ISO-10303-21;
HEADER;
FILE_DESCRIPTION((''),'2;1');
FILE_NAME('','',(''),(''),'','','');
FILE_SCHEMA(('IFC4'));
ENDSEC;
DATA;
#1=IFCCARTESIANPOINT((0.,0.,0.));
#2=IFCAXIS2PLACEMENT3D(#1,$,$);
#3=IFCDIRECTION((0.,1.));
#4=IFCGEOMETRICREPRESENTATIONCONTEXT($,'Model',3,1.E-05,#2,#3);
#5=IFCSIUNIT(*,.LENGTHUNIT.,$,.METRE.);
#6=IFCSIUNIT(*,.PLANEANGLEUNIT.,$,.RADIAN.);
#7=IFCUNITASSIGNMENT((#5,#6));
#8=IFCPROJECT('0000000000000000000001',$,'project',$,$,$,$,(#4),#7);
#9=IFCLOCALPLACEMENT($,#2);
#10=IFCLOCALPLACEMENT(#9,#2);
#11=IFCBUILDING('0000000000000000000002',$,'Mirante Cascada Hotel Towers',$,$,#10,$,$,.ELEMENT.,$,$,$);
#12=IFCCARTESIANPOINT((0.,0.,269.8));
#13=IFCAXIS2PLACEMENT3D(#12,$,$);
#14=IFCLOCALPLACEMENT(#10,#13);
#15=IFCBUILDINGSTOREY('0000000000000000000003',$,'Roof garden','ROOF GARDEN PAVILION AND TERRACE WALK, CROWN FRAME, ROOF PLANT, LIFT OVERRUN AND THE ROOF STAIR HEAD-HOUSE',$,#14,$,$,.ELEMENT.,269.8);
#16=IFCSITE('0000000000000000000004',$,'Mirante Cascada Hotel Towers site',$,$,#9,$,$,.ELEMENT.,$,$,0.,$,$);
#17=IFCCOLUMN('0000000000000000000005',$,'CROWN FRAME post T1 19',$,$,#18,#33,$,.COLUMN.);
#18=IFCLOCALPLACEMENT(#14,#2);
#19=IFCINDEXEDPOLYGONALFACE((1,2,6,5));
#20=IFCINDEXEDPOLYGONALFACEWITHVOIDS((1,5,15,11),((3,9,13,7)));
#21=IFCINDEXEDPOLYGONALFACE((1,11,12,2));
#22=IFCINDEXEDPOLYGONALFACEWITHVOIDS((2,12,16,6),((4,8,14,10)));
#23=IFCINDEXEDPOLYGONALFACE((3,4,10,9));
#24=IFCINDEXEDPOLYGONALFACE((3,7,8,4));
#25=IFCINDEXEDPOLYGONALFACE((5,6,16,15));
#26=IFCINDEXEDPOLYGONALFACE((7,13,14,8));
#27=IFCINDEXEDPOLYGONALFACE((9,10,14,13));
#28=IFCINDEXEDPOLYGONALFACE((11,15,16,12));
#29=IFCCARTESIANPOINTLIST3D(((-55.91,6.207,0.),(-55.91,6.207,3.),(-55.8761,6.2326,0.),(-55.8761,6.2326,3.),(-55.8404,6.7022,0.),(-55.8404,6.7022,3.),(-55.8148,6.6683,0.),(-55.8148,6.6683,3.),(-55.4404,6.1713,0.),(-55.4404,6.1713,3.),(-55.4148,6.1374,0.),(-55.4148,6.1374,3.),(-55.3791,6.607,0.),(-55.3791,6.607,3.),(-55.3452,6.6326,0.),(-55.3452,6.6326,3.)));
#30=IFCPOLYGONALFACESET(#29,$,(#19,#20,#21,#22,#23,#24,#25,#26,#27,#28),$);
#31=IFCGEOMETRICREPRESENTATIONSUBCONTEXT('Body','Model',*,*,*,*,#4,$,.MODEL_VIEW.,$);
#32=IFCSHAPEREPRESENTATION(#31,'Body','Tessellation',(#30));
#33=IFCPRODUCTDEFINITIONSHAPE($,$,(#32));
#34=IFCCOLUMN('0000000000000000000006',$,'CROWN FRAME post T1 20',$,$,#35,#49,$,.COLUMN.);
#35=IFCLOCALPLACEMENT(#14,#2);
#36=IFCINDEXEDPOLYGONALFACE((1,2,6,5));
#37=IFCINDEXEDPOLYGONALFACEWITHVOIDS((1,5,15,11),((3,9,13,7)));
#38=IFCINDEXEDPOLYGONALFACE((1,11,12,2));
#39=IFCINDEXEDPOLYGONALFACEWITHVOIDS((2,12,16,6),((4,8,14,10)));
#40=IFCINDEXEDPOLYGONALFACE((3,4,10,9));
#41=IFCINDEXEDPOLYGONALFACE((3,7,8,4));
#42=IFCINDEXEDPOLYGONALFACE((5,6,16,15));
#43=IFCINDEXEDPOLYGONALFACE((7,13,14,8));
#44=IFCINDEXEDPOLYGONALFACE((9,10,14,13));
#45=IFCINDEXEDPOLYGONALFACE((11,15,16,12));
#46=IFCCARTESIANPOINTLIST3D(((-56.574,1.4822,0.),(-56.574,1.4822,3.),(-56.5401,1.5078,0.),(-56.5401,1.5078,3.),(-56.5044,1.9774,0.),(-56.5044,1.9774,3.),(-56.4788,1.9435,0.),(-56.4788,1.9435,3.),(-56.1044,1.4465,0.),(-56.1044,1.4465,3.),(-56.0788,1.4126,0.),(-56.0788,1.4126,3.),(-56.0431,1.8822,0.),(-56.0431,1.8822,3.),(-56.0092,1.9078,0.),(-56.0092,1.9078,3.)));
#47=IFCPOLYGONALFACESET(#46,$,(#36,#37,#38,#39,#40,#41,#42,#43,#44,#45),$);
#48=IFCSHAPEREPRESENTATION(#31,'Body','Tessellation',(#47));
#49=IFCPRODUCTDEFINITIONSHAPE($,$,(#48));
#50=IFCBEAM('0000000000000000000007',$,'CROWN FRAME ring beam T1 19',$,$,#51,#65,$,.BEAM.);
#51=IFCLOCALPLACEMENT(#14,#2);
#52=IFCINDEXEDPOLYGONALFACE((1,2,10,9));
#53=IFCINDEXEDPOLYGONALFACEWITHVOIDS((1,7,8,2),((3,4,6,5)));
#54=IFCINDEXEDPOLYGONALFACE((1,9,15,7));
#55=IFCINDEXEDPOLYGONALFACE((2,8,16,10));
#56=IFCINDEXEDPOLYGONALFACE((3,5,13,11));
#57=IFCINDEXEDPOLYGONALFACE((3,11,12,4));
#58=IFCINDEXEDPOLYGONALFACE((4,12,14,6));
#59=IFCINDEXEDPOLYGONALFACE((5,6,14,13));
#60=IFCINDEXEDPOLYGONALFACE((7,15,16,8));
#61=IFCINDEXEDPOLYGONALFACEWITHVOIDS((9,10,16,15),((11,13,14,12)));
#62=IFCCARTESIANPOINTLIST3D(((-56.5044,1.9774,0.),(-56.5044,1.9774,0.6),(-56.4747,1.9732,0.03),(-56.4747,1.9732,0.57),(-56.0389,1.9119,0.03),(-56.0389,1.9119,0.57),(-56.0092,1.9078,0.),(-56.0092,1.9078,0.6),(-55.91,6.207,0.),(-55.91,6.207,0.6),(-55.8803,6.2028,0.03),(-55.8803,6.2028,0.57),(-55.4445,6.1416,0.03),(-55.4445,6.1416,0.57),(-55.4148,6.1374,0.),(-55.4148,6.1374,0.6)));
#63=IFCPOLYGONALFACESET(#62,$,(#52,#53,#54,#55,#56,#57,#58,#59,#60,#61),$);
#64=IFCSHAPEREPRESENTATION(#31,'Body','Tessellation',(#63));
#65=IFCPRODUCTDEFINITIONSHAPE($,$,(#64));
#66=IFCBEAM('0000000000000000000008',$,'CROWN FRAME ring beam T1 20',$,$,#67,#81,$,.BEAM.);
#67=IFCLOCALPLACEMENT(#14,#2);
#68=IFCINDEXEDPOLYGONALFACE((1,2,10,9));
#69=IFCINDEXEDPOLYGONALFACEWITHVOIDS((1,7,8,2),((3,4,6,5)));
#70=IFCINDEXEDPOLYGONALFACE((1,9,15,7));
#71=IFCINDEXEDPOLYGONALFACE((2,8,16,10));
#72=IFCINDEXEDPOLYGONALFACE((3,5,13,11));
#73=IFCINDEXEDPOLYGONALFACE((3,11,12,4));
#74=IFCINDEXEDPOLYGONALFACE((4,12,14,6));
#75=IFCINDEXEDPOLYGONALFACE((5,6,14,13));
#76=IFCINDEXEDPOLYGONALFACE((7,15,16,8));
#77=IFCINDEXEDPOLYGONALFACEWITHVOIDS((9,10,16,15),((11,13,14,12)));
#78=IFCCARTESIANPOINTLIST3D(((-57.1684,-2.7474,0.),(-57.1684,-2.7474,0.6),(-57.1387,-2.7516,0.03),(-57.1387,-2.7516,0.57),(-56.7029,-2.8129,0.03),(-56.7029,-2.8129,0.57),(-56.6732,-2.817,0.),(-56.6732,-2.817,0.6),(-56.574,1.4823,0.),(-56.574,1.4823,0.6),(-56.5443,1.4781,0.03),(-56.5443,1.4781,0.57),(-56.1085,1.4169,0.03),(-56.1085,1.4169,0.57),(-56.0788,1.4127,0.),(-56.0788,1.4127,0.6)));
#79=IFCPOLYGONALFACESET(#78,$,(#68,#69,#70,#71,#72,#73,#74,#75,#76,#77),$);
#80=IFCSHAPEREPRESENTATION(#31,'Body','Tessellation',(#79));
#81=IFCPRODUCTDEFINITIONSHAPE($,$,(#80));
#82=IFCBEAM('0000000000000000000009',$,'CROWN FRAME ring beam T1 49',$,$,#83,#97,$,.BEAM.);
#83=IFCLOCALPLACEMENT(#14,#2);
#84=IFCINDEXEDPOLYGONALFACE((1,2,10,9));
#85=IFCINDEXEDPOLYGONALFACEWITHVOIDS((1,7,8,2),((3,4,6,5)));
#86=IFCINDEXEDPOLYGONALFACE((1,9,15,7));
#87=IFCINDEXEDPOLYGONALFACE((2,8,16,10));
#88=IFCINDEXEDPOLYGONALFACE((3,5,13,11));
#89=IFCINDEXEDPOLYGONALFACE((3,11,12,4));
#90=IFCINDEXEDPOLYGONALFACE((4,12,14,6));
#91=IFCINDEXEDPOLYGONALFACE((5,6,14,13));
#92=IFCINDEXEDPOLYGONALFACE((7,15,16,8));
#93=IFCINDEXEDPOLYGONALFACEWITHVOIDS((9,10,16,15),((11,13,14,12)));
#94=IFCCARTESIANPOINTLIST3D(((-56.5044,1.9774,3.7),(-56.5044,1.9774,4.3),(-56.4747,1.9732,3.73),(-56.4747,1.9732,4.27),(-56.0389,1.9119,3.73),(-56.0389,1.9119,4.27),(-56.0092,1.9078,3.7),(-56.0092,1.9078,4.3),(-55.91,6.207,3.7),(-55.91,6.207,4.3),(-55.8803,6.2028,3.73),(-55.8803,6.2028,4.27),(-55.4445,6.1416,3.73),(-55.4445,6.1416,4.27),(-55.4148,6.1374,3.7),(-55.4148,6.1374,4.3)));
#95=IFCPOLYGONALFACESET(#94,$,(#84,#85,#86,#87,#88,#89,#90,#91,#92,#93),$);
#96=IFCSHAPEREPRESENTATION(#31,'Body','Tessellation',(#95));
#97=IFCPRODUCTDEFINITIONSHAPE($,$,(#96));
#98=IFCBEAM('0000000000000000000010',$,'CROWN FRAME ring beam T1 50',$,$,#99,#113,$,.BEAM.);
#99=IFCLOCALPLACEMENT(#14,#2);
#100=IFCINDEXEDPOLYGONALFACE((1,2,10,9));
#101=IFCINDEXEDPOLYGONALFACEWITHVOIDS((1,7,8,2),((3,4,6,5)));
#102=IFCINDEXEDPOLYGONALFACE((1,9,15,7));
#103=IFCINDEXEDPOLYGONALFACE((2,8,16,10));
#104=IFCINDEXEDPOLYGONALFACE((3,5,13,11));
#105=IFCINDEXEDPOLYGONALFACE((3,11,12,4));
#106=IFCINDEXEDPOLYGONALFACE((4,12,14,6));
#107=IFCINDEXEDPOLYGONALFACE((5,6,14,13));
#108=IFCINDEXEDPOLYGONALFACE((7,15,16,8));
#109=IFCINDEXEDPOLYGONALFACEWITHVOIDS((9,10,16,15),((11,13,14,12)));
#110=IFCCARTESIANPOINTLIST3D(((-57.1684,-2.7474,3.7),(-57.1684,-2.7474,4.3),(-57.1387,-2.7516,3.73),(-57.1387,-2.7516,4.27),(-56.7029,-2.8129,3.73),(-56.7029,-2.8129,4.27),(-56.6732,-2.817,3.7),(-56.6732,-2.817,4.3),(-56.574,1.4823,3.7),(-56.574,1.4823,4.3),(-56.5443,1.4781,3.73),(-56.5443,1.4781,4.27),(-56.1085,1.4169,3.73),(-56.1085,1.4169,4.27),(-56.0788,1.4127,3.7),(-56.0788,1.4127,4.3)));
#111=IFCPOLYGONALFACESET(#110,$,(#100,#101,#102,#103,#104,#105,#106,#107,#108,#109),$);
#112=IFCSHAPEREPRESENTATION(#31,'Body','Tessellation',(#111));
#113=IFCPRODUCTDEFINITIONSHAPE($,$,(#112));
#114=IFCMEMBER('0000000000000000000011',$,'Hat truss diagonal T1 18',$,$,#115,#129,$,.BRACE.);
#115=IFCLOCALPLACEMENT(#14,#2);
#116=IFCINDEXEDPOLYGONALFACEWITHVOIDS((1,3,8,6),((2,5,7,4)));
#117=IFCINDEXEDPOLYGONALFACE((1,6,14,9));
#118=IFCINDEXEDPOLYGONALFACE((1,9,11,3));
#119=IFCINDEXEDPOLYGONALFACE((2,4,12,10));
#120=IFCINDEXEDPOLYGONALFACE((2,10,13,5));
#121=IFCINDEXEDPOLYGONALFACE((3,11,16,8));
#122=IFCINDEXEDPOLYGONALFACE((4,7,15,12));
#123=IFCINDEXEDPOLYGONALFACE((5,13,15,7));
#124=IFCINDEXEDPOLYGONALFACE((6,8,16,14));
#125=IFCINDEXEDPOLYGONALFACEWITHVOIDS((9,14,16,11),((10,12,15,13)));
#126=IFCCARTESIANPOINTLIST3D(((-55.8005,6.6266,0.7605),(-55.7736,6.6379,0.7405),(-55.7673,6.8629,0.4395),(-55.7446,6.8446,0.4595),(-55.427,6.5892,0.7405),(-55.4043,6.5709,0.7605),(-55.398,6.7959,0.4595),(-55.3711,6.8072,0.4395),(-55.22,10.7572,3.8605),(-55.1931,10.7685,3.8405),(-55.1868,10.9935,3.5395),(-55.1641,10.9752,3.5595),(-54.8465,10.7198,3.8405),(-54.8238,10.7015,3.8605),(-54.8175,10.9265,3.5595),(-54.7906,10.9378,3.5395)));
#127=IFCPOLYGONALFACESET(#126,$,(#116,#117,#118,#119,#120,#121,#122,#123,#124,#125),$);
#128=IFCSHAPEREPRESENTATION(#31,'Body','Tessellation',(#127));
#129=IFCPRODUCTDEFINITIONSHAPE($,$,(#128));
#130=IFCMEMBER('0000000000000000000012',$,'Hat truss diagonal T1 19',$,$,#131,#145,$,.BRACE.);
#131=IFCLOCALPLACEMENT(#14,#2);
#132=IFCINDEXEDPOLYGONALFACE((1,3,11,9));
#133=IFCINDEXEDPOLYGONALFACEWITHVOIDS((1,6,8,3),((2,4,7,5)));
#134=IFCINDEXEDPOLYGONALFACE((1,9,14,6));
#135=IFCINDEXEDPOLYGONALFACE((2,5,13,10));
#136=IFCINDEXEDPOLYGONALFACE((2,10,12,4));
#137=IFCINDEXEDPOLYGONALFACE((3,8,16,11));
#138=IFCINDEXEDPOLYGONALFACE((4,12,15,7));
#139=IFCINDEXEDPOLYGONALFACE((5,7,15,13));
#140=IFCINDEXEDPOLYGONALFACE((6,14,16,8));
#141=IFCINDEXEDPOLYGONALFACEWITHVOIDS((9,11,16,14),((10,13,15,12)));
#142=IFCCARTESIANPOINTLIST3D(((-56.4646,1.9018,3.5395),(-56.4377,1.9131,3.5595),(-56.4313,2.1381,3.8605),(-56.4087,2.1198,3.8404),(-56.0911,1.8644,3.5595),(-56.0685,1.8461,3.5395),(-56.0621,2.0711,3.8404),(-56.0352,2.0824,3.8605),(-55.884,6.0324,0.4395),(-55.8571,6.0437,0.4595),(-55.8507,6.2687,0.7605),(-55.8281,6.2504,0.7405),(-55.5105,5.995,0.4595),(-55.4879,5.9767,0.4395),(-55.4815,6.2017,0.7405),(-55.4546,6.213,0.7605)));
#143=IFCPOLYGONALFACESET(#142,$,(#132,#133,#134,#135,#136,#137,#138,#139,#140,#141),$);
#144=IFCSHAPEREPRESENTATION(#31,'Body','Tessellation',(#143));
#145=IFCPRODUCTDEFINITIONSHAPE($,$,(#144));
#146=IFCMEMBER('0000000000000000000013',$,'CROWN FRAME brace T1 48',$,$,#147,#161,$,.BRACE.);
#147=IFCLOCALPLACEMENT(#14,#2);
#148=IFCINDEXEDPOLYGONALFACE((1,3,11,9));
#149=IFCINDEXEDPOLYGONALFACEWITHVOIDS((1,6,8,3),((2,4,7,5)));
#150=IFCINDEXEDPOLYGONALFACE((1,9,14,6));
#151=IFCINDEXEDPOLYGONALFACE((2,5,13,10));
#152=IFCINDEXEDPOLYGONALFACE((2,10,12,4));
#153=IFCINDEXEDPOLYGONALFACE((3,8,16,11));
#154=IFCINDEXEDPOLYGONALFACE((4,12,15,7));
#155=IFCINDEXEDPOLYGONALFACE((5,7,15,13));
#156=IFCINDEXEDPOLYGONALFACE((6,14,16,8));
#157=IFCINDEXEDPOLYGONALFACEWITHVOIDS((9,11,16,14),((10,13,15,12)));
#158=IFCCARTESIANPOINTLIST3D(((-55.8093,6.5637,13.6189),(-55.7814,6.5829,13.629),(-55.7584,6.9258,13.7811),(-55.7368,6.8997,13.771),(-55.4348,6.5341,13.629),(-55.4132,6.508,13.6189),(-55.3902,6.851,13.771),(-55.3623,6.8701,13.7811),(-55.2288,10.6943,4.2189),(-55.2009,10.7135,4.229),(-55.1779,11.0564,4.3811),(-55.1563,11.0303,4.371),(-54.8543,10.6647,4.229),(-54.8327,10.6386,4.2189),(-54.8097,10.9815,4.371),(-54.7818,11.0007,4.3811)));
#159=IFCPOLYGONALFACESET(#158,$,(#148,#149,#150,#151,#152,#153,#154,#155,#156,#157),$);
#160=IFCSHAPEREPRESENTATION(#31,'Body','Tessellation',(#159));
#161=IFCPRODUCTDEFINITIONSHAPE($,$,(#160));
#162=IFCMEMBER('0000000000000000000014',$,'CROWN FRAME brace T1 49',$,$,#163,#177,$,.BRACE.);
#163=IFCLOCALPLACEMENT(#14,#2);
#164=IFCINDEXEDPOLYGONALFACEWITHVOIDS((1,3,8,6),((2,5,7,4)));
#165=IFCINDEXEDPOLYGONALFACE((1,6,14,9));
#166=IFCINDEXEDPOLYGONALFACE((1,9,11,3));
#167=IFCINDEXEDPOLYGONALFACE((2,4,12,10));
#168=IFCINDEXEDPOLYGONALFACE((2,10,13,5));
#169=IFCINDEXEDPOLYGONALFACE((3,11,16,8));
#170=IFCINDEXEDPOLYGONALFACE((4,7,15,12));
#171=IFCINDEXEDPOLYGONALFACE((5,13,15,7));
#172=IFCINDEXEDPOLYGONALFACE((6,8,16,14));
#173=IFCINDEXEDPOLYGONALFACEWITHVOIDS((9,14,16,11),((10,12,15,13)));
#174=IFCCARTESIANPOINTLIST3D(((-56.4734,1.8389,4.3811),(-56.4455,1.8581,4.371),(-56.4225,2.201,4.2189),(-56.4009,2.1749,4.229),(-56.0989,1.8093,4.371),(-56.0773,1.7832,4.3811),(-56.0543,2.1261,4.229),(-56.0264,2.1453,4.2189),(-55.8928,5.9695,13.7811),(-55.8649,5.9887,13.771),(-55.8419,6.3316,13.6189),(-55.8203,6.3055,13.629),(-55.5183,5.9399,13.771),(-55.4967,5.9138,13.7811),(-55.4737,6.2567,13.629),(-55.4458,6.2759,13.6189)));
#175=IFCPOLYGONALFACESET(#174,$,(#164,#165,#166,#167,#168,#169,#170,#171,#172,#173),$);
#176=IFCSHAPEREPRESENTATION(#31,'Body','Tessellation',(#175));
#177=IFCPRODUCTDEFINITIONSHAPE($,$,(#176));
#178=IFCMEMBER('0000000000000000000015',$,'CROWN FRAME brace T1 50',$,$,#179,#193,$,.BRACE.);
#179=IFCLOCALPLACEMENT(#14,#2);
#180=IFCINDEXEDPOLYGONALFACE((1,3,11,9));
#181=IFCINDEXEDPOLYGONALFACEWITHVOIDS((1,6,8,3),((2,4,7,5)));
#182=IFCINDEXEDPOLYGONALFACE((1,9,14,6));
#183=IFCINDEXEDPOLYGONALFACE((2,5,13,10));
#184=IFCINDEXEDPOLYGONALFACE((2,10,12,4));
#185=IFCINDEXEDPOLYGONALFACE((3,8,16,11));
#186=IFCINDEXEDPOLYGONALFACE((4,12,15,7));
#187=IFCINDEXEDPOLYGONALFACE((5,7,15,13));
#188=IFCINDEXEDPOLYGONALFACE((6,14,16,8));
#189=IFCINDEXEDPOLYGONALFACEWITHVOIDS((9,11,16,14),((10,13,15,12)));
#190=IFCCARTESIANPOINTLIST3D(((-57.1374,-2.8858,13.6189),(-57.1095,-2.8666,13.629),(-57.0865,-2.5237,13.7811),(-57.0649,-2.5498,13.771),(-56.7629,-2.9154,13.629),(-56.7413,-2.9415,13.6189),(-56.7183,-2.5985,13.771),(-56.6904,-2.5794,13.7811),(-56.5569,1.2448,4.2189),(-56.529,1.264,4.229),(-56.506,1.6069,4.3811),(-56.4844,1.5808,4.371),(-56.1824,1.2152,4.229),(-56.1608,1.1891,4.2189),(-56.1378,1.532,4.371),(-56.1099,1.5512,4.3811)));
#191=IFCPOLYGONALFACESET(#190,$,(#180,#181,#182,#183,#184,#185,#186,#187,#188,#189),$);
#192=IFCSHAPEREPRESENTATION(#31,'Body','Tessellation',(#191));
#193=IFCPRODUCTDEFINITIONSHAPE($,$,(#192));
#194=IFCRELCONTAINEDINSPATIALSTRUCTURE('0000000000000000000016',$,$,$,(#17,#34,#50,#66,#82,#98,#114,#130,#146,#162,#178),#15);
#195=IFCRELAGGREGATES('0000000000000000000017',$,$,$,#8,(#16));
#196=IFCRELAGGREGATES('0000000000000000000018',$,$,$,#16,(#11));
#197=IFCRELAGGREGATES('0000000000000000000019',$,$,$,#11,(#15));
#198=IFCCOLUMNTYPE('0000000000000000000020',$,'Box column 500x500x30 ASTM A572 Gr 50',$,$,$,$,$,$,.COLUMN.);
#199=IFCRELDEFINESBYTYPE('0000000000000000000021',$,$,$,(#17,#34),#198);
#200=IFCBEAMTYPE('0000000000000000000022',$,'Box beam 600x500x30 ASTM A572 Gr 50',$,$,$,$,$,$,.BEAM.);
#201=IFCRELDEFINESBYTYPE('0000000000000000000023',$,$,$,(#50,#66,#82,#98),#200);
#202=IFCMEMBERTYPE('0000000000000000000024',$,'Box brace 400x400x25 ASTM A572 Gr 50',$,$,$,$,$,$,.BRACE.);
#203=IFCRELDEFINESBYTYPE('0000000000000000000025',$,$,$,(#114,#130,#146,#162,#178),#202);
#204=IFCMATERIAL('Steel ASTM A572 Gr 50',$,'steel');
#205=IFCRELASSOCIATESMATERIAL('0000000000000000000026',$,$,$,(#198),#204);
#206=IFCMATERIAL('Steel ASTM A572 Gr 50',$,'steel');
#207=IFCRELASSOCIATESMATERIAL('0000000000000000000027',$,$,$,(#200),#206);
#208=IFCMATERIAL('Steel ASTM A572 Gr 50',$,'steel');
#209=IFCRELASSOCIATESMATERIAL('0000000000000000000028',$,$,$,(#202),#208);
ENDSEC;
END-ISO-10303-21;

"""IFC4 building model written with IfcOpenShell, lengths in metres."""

from ifc_helpers import new_model, si_unit, direction, frame, origin, origin_2d, place, context, subcontext, project, spatial, hollow_rectangle, extrude, material, material_profile, profile_set, type_object, element, save


model = new_model("IFC4")

# Units and contexts
model_context = context("Model", 3, precision=1e-05, world=origin(), true_north=direction((0.0, 1.0)))
body_context = subcontext(model_context, "Body", "Model", "MODEL_VIEW")
ifc_project = project(units=[si_unit("LENGTHUNIT", "METRE"), si_unit("PLANEANGLEUNIT", "RADIAN")], contexts=[model_context])

# Site, building, storey
site_placement = place(None, origin())
site = spatial("IfcSite", under=ifc_project, at=site_placement, Name="Mirante Cascada Hotel Towers site", CompositionType="ELEMENT", RefElevation=0.0)
building_placement = place(site_placement, origin())
building = spatial("IfcBuilding", under=site, at=building_placement, Name="Mirante Cascada Hotel Towers", CompositionType="ELEMENT")
storey_placement = place(building_placement, frame((0.0, 0.0, 269.8)))
storey = spatial("IfcBuildingStorey", under=building, at=storey_placement, Name="Roof garden", Description="ROOF GARDEN PAVILION AND TERRACE WALK, CROWN FRAME, ROOF PLANT, LIFT OVERRUN AND THE ROOF STAIR HEAD-HOUSE", CompositionType="ELEMENT", Elevation=269.8)

# Columns
ifc_material_1 = material(Name="Steel ASTM A572 Gr 50", Category="steel")
ifc_material_profile_1 = material_profile(ifc_material_1, hollow_rectangle(XDim=0.5, YDim=0.5, WallThickness=0.03, at=origin_2d()), Name="Box column 500x500x30 ASTM A572 Gr 50")
ifc_profile_set_1 = profile_set([ifc_material_profile_1], Name="Steel ASTM A572 Gr 50")
column_type = type_object("IfcColumnType", Name="Box column 500x500x30 ASTM A572 Gr 50", PredefinedType="COLUMN", material=ifc_profile_set_1)
for number, where, z_axis, x_axis, name in (
    (1, (-55.6276, 6.4198, 0.0), (0.0, 0.0, 1.0), (-0.990268, 0.139173, 0.0), "CROWN FRAME post T1 19"),
    (2, (-56.2916, 1.695, 0.0), (0.0, 0.0, 1.0), (-0.990268, 0.139173, 0.0), "CROWN FRAME post T1 20"),
):
    element("IfcColumn", number, at=place(storey_placement, frame(where, z_axis=z_axis, x_axis=x_axis)), inside=storey, type_object=column_type, Name=name, PredefinedType="COLUMN", context=body_context, shape_type="SweptSolid", body=[
        extrude(hollow_rectangle(XDim=0.5, YDim=0.5, WallThickness=0.03, at=origin_2d()), origin(), (0.0, 0.0, 1.0), 3.0),
    ])

# Beams
ifc_material_2 = material(Name="Steel ASTM A572 Gr 50", Category="steel")
ifc_material_profile_2 = material_profile(ifc_material_2, hollow_rectangle(XDim=0.5, YDim=0.6, WallThickness=0.03, at=origin_2d()), Name="Box beam 600x500x30 ASTM A572 Gr 50")
ifc_profile_set_2 = profile_set([ifc_material_profile_2], Name="Steel ASTM A572 Gr 50")
beam_type = type_object("IfcBeamType", Name="Box beam 600x500x30 ASTM A572 Gr 50", PredefinedType="BEAM", material=ifc_profile_set_2)
beam_1_placement = place(storey_placement, frame((-55.6624, 6.1722, 0.3), z_axis=(-0.139166, -0.990269, 0.0), x_axis=(0.990269, -0.139166, 0.0)))
element("IfcBeam", 3, at=beam_1_placement, inside=storey, type_object=beam_type, Name="CROWN FRAME ring beam T1 19", PredefinedType="BEAM", context=body_context, shape_type="SweptSolid", body=[
    extrude(hollow_rectangle(XDim=0.5, YDim=0.6, WallThickness=0.03, at=origin_2d()), origin(), (0.0, 0.0, 1.0), 4.2712),
])
beam_2_placement = place(storey_placement, frame((-56.3264, 1.4475, 0.3), z_axis=(-0.139163, -0.99027, 0.0), x_axis=(0.99027, -0.139163, 0.0)))
element("IfcBeam", 4, at=beam_2_placement, inside=storey, type_object=beam_type, Name="CROWN FRAME ring beam T1 20", PredefinedType="BEAM", context=body_context, shape_type="SweptSolid", body=[
    extrude(hollow_rectangle(XDim=0.5, YDim=0.6, WallThickness=0.03, at=origin_2d()), origin(), (0.0, 0.0, 1.0), 4.2713),
])
beam_3_placement = place(storey_placement, frame((-55.6624, 6.1722, 4.0), z_axis=(-0.139166, -0.990269, 0.0), x_axis=(0.990269, -0.139166, 0.0)))
element("IfcBeam", 5, at=beam_3_placement, inside=storey, type_object=beam_type, Name="CROWN FRAME ring beam T1 49", PredefinedType="BEAM", context=body_context, shape_type="SweptSolid", body=[
    extrude(hollow_rectangle(XDim=0.5, YDim=0.6, WallThickness=0.03, at=origin_2d()), origin(), (0.0, 0.0, 1.0), 4.2712),
])
beam_4_placement = place(storey_placement, frame((-56.3264, 1.4475, 4.0), z_axis=(-0.139163, -0.99027, 0.0), x_axis=(0.99027, -0.139163, 0.0)))
element("IfcBeam", 6, at=beam_4_placement, inside=storey, type_object=beam_type, Name="CROWN FRAME ring beam T1 50", PredefinedType="BEAM", context=body_context, shape_type="SweptSolid", body=[
    extrude(hollow_rectangle(XDim=0.5, YDim=0.6, WallThickness=0.03, at=origin_2d()), origin(), (0.0, 0.0, 1.0), 4.2713),
])

# Members
ifc_material_3 = material(Name="Steel ASTM A572 Gr 50", Category="steel")
ifc_material_profile_3 = material_profile(ifc_material_3, hollow_rectangle(XDim=0.4, YDim=0.4, WallThickness=0.025, at=origin_2d()), Name="Box brace 400x400x25 ASTM A572 Gr 50")
ifc_profile_set_3 = profile_set([ifc_material_profile_3], Name="Steel ASTM A572 Gr 50")
member_type = type_object("IfcMemberType", Name="Box brace 400x400x25 ASTM A572 Gr 50", PredefinedType="BRACE", material=ifc_profile_set_3)
for number, where, z_axis, x_axis, name in (
    (7, (-55.5858, 6.7169, 0.6), (0.111699, 0.794804, 0.596498), (-0.990269, 0.139169, 0.0), "Hat truss diagonal T1 18"),
    (8, (-55.6693, 6.1227, 0.6), (-0.111718, -0.794803, 0.596496), (0.990265, -0.139192, 0.0), "Hat truss diagonal T1 19"),
):
    element("IfcMember", number, at=place(storey_placement, frame(where, z_axis=z_axis, x_axis=x_axis)), inside=storey, type_object=member_type, Name=name, PredefinedType="BRACE", context=body_context, shape_type="SweptSolid", body=[
        extrude(hollow_rectangle(XDim=0.4, YDim=0.4, WallThickness=0.025, at=origin_2d()), origin(), (0.0, 0.0, 1.0), 5.197),
    ])
for number, where, z_axis, x_axis, name in (
    (9, (-55.0053, 10.8475, 4.3), (-0.056447, -0.401657, 0.914049), (0.990269, -0.139169, 0.0), "CROWN FRAME brace T1 48"),
    (10, (-56.2499, 1.9921, 4.3), (0.056457, 0.401656, 0.914049), (-0.990265, 0.139192, 0.0), "CROWN FRAME brace T1 49"),
    (11, (-56.3334, 1.398, 4.3), (-0.056447, -0.401657, 0.914049), (0.990269, -0.139169, 0.0), "CROWN FRAME brace T1 50"),
):
    element("IfcMember", number, at=place(storey_placement, frame(where, z_axis=z_axis, x_axis=x_axis)), inside=storey, type_object=member_type, Name=name, PredefinedType="BRACE", context=body_context, shape_type="SweptSolid", body=[
        extrude(hollow_rectangle(XDim=0.4, YDim=0.4, WallThickness=0.025, at=origin_2d()), origin(), (0.0, 0.0, 1.0), 10.2839),
    ])

save(model, "model.ifc")
